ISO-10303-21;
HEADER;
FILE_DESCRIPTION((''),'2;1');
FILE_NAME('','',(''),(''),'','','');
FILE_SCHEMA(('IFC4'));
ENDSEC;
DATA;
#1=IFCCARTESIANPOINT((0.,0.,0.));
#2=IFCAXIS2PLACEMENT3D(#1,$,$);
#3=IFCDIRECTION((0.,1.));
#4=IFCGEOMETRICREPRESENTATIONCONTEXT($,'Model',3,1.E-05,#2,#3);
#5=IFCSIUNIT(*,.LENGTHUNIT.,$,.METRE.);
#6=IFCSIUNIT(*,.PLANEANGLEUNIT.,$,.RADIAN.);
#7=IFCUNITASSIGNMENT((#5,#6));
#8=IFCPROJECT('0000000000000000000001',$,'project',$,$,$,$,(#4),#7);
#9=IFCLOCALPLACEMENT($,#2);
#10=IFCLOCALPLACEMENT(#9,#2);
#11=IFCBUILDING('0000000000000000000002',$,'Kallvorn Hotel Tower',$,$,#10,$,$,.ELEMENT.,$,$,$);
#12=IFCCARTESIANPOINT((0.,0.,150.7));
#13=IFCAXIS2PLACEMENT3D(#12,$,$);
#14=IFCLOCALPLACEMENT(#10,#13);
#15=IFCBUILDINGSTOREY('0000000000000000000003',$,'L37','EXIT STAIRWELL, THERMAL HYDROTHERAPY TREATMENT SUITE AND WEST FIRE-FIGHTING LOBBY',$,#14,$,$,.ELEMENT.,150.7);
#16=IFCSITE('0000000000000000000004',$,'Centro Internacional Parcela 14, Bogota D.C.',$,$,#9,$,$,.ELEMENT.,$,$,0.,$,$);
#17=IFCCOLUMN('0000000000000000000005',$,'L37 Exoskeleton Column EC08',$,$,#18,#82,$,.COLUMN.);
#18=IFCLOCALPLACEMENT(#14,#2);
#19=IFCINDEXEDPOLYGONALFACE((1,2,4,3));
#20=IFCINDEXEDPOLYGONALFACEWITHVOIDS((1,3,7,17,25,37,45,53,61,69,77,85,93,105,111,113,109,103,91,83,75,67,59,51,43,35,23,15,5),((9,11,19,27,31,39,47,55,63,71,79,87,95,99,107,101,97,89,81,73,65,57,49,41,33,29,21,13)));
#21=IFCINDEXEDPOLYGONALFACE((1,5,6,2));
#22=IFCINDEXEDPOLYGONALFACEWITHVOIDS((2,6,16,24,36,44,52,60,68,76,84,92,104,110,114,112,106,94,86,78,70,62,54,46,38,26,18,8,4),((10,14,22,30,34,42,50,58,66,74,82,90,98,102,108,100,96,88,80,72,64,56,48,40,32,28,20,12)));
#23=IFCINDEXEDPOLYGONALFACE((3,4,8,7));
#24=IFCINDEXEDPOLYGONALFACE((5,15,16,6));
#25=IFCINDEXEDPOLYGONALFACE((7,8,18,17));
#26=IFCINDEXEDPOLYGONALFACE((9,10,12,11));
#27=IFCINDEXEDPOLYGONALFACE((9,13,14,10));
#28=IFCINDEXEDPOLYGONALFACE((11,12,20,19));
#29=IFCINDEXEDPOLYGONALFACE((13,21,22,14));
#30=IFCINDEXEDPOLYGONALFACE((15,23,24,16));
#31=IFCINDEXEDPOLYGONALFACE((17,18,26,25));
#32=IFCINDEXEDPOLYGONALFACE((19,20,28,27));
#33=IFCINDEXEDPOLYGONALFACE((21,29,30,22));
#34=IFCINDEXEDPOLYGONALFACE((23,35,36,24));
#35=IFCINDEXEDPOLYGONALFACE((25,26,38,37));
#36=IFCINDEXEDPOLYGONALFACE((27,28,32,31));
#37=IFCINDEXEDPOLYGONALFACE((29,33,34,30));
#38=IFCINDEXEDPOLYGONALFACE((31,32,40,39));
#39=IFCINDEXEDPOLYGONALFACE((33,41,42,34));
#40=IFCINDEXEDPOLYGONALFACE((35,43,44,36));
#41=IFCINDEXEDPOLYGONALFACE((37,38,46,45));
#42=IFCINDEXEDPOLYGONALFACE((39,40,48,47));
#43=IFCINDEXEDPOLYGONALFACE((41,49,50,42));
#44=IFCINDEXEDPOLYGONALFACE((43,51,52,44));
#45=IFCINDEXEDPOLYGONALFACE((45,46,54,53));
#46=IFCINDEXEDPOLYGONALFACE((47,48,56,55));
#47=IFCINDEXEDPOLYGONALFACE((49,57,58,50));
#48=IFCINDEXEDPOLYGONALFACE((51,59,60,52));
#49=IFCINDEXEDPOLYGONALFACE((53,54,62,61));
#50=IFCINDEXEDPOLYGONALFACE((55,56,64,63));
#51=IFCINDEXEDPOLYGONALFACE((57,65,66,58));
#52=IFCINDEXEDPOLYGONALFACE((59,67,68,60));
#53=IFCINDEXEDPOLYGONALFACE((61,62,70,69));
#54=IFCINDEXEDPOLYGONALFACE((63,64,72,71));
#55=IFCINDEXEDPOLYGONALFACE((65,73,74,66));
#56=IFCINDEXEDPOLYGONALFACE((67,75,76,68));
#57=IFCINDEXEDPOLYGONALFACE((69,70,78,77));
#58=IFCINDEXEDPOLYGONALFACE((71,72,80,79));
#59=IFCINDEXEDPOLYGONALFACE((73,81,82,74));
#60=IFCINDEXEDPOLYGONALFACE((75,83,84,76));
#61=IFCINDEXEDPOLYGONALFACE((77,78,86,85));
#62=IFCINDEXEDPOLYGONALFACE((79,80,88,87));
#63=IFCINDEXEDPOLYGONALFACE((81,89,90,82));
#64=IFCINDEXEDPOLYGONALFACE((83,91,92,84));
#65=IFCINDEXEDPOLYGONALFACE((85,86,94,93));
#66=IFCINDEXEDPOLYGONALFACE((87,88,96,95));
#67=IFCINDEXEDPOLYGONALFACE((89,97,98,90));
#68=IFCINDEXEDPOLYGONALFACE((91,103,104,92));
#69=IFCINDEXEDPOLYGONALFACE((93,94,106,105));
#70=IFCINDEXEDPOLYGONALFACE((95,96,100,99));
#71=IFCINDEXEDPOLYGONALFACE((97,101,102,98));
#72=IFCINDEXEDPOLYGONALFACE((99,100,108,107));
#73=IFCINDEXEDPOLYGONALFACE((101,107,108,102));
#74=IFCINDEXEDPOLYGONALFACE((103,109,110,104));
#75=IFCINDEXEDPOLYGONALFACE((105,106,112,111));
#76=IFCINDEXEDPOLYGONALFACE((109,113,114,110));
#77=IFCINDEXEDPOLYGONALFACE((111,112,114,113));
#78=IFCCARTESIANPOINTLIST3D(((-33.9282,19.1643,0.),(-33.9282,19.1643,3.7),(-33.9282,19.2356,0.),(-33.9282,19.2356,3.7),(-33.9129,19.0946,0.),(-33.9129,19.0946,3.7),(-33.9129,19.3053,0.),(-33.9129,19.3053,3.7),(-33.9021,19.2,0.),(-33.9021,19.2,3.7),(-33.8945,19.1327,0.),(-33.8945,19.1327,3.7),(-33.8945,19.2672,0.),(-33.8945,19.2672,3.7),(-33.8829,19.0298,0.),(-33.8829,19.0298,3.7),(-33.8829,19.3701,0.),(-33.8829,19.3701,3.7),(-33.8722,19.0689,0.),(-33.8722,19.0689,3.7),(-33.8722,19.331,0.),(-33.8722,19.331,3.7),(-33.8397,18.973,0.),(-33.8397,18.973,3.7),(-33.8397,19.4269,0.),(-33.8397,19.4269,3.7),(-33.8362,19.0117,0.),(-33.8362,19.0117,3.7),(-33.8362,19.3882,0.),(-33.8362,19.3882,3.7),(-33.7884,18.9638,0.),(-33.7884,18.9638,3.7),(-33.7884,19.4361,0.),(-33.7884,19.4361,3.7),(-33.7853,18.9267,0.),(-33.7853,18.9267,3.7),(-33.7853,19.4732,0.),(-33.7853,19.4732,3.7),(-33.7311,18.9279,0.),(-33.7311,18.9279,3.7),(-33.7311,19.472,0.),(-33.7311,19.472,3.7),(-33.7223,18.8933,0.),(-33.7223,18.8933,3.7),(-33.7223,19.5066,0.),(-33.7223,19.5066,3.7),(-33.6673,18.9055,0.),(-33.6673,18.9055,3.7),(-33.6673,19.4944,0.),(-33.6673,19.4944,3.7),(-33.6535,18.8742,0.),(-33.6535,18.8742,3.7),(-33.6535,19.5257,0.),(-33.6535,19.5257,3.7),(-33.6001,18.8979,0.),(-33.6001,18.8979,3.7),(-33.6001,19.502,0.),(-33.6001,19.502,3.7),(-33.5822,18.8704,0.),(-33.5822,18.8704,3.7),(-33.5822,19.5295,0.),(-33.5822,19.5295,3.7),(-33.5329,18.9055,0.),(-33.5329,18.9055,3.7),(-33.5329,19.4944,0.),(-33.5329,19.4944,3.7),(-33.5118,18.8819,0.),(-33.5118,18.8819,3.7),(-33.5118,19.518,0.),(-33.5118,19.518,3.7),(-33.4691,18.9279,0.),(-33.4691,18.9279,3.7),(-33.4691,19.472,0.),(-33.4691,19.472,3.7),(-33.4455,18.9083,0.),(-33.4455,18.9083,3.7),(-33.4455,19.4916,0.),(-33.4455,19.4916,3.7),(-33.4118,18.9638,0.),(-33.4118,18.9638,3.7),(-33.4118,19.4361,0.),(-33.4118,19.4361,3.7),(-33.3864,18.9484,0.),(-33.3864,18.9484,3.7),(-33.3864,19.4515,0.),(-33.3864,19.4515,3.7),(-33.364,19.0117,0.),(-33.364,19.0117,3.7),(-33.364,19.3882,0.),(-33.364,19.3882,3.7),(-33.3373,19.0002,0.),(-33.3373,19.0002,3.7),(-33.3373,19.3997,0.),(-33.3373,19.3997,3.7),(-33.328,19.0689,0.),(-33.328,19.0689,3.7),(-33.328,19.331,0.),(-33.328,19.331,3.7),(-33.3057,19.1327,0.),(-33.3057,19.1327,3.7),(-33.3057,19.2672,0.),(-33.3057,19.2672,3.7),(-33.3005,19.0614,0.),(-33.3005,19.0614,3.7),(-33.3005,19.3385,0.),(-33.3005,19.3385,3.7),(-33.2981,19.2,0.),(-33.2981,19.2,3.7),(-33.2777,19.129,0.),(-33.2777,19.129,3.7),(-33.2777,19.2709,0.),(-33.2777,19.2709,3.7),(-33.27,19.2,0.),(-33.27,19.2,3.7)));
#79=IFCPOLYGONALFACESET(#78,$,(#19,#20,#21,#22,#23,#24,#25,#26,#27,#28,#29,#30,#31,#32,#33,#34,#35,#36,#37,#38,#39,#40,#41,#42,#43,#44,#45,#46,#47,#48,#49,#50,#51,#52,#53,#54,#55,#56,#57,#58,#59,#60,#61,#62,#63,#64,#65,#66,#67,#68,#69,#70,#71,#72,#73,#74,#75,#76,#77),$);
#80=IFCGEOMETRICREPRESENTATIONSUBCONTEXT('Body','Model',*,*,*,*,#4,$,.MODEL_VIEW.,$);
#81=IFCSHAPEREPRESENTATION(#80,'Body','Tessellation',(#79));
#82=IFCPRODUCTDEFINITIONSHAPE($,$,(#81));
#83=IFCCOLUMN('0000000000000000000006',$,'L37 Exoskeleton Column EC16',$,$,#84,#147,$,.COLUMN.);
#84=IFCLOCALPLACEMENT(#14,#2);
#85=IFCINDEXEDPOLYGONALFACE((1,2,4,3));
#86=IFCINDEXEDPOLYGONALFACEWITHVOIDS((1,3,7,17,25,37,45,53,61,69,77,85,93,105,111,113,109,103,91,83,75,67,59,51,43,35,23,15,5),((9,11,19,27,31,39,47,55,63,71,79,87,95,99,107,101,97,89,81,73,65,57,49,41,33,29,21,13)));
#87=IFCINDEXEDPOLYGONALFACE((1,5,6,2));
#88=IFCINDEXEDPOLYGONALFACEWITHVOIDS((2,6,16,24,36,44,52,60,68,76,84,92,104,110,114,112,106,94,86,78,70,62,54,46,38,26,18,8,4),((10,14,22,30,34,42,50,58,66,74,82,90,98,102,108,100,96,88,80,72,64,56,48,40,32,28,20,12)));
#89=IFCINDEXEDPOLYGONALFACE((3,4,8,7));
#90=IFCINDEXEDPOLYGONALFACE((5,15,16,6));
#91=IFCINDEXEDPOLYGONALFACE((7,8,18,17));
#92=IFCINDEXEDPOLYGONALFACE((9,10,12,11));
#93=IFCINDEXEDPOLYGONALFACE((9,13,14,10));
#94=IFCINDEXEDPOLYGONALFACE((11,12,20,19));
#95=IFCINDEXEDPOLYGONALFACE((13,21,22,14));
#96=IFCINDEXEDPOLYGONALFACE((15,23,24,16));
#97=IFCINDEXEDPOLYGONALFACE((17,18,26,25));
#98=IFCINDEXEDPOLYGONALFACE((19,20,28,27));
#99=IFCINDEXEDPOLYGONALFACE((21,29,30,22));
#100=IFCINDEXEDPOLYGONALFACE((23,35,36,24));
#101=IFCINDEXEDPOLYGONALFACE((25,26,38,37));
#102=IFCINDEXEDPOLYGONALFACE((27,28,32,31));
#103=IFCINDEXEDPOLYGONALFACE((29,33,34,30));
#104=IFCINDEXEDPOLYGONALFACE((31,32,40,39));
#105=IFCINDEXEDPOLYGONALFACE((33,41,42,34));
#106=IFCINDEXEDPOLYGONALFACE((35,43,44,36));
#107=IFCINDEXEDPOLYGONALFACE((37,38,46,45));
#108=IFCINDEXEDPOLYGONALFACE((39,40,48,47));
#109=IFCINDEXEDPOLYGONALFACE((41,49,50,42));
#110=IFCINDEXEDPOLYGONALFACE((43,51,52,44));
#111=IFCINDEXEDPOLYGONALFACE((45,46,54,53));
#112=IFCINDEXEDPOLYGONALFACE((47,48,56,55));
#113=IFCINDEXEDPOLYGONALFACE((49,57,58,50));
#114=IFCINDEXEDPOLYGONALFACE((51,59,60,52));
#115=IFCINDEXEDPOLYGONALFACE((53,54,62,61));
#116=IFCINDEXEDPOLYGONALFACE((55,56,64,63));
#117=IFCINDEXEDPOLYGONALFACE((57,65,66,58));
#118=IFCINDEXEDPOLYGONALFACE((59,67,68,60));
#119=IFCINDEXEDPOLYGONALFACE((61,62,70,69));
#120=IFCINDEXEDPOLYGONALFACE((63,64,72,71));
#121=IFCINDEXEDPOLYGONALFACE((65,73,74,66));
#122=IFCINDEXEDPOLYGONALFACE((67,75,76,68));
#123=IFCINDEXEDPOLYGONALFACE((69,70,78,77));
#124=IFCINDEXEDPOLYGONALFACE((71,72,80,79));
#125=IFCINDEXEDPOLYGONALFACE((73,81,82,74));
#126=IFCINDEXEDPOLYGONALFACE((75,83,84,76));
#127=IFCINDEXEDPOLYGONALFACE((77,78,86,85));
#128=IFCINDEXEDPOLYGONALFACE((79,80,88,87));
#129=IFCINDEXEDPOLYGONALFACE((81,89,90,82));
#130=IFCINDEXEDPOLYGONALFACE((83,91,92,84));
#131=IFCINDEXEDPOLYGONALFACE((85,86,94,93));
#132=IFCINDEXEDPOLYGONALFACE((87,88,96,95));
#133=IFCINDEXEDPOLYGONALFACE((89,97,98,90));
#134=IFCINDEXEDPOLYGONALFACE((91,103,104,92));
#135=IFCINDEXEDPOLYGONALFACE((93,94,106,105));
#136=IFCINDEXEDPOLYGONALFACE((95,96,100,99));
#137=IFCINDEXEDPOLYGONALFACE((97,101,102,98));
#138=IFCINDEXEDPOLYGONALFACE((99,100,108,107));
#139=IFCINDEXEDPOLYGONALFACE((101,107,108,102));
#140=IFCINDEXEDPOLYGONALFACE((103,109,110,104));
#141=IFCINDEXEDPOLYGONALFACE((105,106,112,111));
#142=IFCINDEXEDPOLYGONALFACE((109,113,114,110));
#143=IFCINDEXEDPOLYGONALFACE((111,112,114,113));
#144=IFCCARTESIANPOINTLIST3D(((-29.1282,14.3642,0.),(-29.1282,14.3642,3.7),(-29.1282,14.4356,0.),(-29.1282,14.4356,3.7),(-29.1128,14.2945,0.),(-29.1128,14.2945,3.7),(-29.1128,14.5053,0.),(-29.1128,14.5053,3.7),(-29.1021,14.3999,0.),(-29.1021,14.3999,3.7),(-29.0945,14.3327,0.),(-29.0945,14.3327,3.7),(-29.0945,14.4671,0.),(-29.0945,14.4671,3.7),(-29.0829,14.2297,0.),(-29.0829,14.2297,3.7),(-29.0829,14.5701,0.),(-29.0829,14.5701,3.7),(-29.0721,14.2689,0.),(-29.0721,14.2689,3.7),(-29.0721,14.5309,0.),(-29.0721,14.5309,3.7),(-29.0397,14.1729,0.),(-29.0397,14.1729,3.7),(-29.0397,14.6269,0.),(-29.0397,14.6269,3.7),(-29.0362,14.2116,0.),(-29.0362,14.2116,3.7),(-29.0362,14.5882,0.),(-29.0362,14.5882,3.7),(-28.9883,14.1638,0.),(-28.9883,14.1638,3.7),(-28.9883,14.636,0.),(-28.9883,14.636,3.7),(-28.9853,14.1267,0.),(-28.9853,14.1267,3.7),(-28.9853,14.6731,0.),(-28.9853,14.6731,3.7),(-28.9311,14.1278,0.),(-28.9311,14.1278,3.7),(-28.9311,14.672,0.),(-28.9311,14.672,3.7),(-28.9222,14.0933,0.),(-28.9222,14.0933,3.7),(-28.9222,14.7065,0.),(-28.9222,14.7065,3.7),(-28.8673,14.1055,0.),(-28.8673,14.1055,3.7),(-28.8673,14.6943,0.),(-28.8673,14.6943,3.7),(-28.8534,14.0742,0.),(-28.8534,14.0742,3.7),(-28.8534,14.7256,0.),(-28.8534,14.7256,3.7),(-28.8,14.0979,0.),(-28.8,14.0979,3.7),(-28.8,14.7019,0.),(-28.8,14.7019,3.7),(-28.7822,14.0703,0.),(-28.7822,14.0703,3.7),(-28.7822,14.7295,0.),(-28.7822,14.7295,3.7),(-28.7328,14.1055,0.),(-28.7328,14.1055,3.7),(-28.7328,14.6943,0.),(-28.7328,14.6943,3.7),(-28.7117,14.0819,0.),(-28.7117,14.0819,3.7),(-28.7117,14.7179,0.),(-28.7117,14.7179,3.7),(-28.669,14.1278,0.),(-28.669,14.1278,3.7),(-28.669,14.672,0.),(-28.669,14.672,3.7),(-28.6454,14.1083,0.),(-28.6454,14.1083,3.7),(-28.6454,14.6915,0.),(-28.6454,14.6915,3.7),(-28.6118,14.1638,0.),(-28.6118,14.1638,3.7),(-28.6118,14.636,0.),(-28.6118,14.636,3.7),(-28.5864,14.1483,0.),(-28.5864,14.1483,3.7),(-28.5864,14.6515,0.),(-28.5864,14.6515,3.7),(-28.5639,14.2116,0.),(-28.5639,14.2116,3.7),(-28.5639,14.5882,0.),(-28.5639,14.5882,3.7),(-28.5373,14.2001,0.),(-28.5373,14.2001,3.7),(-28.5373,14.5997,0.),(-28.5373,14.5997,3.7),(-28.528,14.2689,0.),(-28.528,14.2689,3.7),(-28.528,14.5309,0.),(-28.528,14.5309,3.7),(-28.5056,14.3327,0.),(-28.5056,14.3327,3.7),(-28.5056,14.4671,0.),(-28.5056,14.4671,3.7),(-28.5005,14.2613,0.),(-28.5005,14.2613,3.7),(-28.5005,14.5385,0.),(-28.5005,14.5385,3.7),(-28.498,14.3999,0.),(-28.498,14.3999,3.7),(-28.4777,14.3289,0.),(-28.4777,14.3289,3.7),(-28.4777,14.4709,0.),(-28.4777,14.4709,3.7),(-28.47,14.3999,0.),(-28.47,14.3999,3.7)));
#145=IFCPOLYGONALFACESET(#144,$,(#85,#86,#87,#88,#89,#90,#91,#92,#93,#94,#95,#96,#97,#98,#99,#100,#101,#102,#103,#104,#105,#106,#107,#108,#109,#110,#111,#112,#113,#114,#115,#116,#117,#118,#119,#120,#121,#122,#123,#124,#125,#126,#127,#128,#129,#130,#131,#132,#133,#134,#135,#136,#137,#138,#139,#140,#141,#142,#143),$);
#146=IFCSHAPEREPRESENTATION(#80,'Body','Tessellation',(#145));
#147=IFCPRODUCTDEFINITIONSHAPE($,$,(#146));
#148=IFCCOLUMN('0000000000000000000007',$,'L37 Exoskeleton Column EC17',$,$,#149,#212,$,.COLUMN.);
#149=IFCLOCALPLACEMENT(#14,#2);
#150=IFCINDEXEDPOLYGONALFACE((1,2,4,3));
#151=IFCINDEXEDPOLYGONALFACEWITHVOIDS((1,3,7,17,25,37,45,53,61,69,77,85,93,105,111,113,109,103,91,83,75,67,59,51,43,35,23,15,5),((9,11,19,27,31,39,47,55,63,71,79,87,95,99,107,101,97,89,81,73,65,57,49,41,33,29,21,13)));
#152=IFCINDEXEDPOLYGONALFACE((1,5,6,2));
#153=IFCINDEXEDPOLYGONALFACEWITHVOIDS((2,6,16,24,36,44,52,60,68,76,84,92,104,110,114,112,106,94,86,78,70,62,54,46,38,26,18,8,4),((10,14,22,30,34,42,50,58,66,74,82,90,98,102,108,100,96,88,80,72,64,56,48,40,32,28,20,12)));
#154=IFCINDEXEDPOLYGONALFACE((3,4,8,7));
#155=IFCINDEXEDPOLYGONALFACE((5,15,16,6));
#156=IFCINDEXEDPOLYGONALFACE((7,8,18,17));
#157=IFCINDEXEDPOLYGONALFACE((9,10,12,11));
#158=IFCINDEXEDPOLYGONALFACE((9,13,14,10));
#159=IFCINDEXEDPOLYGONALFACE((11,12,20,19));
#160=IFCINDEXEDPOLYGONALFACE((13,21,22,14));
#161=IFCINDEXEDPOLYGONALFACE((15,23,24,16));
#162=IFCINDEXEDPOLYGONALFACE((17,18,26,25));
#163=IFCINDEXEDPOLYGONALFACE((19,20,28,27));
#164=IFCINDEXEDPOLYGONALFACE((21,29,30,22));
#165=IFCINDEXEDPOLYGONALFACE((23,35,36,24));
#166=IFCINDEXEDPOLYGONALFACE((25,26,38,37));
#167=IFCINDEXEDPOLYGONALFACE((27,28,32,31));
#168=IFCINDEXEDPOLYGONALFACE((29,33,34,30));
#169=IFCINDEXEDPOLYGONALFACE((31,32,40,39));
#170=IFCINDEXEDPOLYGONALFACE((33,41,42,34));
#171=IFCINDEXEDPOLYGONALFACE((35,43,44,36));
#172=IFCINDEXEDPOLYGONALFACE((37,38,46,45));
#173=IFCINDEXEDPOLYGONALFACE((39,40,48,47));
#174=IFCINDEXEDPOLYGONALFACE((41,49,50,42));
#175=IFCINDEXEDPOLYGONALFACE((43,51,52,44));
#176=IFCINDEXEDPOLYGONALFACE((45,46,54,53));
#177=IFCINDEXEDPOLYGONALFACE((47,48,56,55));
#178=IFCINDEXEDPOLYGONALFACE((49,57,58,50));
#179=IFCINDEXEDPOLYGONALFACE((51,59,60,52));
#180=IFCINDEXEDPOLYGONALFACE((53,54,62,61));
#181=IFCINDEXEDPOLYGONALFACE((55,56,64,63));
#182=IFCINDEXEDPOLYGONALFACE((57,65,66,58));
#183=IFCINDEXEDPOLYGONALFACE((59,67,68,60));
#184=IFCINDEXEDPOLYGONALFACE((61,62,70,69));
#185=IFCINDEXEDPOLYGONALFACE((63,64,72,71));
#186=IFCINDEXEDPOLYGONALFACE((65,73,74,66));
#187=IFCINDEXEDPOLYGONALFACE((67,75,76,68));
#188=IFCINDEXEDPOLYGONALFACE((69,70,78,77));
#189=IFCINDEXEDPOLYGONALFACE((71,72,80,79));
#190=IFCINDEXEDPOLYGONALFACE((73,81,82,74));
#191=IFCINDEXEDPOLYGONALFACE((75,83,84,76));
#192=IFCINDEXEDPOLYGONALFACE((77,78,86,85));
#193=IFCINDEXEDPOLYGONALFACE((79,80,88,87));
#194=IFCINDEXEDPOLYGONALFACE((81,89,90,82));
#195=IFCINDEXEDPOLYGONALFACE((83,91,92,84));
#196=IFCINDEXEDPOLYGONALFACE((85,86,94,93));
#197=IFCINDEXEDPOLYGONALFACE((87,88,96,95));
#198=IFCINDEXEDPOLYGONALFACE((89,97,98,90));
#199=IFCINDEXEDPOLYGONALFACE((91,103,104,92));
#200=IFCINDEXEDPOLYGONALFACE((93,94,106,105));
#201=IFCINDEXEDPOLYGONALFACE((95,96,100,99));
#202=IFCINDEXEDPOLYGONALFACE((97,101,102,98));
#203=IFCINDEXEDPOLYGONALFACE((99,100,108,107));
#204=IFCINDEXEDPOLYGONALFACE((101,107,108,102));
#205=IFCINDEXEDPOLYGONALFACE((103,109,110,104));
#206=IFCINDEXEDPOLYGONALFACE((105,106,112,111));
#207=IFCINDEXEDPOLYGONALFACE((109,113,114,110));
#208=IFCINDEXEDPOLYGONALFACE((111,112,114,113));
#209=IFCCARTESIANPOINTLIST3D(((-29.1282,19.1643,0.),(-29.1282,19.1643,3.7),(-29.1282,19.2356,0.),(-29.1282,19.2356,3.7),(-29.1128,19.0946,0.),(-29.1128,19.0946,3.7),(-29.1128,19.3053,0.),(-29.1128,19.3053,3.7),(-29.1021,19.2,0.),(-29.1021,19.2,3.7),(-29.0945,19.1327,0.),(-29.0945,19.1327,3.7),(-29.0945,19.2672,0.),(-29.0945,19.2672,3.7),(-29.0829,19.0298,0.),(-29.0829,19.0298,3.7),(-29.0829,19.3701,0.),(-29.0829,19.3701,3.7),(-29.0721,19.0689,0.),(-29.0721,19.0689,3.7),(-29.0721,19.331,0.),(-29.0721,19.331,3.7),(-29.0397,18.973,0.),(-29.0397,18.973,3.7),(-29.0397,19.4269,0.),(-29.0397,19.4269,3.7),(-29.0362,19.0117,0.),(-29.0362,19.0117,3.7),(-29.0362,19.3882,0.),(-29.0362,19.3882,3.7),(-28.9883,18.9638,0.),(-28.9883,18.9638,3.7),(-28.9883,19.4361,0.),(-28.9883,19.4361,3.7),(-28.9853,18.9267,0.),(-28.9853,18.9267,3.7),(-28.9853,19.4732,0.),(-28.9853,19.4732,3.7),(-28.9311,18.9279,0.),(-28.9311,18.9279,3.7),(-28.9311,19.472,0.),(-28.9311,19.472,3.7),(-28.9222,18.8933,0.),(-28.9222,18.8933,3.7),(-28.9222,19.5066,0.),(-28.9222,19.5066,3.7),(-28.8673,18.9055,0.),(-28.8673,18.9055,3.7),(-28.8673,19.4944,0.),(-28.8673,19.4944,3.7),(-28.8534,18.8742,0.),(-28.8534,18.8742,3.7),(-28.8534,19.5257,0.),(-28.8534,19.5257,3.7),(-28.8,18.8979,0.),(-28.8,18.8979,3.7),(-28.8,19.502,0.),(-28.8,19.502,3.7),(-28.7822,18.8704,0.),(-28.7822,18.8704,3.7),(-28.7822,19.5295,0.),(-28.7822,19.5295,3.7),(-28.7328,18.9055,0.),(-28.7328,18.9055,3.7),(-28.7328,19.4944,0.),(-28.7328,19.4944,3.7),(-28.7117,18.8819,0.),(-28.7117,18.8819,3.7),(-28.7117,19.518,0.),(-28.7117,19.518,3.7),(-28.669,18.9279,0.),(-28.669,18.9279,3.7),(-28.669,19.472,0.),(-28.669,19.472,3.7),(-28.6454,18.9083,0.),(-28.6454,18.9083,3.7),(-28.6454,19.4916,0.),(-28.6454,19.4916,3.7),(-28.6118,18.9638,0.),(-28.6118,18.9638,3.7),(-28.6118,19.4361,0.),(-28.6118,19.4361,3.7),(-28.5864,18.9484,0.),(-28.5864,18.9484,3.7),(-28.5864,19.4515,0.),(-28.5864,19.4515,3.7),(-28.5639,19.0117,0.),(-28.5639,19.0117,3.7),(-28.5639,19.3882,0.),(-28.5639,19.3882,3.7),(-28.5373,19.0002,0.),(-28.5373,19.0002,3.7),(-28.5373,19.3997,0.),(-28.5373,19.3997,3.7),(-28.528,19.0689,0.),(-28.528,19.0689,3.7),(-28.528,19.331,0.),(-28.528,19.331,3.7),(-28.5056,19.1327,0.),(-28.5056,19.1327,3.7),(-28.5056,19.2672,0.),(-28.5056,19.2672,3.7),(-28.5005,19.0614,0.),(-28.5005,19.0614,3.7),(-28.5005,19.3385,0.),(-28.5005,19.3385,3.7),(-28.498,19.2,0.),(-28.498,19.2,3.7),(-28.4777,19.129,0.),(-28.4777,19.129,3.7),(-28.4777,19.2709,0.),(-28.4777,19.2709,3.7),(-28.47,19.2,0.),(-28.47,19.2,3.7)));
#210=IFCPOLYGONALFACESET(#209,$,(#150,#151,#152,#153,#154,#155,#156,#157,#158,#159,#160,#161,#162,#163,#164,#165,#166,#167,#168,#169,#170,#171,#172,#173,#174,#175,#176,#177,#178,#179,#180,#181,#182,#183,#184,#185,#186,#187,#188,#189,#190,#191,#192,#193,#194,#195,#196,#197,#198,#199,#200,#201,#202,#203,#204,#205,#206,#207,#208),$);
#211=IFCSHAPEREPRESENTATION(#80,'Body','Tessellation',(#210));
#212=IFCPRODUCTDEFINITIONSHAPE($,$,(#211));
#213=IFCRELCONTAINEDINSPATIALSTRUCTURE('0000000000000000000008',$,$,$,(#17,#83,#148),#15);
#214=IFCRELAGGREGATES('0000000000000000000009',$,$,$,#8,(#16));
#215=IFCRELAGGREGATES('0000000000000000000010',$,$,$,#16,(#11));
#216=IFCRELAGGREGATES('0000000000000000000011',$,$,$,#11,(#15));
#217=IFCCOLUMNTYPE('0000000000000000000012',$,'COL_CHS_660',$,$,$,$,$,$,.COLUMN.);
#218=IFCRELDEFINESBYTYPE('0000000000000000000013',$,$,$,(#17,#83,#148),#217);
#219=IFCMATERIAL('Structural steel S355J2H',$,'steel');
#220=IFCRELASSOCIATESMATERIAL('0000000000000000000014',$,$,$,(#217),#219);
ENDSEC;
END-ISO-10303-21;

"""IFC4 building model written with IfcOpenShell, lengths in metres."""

from ifc_helpers import new_model, si_unit, direction, frame, origin, origin_2d, place, context, subcontext, project, spatial, hollow_circle, extrude, material, material_profile, profile_set, type_object, element, save


model = new_model("IFC4")

# Units and contexts
model_context = context("Model", 3, precision=1e-05, world=origin(), true_north=direction((0.0, 1.0)))
body_context = subcontext(model_context, "Body", "Model", "MODEL_VIEW")
ifc_project = project(units=[si_unit("LENGTHUNIT", "METRE"), si_unit("PLANEANGLEUNIT", "RADIAN")], contexts=[model_context])

# Site, building, storey
site_placement = place(None, origin())
site = spatial("IfcSite", under=ifc_project, at=site_placement, Name="Centro Internacional Parcela 14, Bogota D.C.", CompositionType="ELEMENT", RefElevation=0.0)
building_placement = place(site_placement, origin())
building = spatial("IfcBuilding", under=site, at=building_placement, Name="Kallvorn Hotel Tower", CompositionType="ELEMENT")
storey_placement = place(building_placement, frame((0.0, 0.0, 150.7)))
storey = spatial("IfcBuildingStorey", under=building, at=storey_placement, Name="L37", Description="EXIT STAIRWELL, THERMAL HYDROTHERAPY TREATMENT SUITE AND WEST FIRE-FIGHTING LOBBY", CompositionType="ELEMENT", Elevation=150.7)

# Columns
ifc_material_1 = material(Name="Structural steel S355J2H", Category="steel")
ifc_material_profile_1 = material_profile(ifc_material_1, hollow_circle(Radius=0.3301, WallThickness=0.0281, at=origin_2d()), Name="CHS 660x28")
ifc_profile_set_1 = profile_set([ifc_material_profile_1], Name="Structural steel S355J2H")
column_type_1 = type_object("IfcColumnType", Name="COL_CHS_660", PredefinedType="COLUMN", material=ifc_profile_set_1)
for number, where, z_axis, x_axis, name in (
    (1, (-33.6001, 19.2, 0.0), (0.0, 0.0, 1.0), (1.0, 0.0, 0.0), "L37 Exoskeleton Column EC08"),
    (2, (-28.8, 14.3999, 0.0), (0.0, 0.0, 1.0), (1.0, 0.0, 0.0), "L37 Exoskeleton Column EC16"),
    (3, (-28.8, 19.2, 0.0), (0.0, 0.0, 1.0), (1.0, 0.0, 0.0), "L37 Exoskeleton Column EC17"),
):
    element("IfcColumn", number, at=place(storey_placement, frame(where, z_axis=z_axis, x_axis=x_axis)), inside=storey, type_object=column_type_1, Name=name, PredefinedType="COLUMN", context=body_context, shape_type="SweptSolid", body=[
        extrude(hollow_circle(Radius=0.3301, WallThickness=0.0281, at=origin_2d()), origin(), (0.0, 0.0, 1.0), 3.7),
    ])

save(model, "model.ifc")
